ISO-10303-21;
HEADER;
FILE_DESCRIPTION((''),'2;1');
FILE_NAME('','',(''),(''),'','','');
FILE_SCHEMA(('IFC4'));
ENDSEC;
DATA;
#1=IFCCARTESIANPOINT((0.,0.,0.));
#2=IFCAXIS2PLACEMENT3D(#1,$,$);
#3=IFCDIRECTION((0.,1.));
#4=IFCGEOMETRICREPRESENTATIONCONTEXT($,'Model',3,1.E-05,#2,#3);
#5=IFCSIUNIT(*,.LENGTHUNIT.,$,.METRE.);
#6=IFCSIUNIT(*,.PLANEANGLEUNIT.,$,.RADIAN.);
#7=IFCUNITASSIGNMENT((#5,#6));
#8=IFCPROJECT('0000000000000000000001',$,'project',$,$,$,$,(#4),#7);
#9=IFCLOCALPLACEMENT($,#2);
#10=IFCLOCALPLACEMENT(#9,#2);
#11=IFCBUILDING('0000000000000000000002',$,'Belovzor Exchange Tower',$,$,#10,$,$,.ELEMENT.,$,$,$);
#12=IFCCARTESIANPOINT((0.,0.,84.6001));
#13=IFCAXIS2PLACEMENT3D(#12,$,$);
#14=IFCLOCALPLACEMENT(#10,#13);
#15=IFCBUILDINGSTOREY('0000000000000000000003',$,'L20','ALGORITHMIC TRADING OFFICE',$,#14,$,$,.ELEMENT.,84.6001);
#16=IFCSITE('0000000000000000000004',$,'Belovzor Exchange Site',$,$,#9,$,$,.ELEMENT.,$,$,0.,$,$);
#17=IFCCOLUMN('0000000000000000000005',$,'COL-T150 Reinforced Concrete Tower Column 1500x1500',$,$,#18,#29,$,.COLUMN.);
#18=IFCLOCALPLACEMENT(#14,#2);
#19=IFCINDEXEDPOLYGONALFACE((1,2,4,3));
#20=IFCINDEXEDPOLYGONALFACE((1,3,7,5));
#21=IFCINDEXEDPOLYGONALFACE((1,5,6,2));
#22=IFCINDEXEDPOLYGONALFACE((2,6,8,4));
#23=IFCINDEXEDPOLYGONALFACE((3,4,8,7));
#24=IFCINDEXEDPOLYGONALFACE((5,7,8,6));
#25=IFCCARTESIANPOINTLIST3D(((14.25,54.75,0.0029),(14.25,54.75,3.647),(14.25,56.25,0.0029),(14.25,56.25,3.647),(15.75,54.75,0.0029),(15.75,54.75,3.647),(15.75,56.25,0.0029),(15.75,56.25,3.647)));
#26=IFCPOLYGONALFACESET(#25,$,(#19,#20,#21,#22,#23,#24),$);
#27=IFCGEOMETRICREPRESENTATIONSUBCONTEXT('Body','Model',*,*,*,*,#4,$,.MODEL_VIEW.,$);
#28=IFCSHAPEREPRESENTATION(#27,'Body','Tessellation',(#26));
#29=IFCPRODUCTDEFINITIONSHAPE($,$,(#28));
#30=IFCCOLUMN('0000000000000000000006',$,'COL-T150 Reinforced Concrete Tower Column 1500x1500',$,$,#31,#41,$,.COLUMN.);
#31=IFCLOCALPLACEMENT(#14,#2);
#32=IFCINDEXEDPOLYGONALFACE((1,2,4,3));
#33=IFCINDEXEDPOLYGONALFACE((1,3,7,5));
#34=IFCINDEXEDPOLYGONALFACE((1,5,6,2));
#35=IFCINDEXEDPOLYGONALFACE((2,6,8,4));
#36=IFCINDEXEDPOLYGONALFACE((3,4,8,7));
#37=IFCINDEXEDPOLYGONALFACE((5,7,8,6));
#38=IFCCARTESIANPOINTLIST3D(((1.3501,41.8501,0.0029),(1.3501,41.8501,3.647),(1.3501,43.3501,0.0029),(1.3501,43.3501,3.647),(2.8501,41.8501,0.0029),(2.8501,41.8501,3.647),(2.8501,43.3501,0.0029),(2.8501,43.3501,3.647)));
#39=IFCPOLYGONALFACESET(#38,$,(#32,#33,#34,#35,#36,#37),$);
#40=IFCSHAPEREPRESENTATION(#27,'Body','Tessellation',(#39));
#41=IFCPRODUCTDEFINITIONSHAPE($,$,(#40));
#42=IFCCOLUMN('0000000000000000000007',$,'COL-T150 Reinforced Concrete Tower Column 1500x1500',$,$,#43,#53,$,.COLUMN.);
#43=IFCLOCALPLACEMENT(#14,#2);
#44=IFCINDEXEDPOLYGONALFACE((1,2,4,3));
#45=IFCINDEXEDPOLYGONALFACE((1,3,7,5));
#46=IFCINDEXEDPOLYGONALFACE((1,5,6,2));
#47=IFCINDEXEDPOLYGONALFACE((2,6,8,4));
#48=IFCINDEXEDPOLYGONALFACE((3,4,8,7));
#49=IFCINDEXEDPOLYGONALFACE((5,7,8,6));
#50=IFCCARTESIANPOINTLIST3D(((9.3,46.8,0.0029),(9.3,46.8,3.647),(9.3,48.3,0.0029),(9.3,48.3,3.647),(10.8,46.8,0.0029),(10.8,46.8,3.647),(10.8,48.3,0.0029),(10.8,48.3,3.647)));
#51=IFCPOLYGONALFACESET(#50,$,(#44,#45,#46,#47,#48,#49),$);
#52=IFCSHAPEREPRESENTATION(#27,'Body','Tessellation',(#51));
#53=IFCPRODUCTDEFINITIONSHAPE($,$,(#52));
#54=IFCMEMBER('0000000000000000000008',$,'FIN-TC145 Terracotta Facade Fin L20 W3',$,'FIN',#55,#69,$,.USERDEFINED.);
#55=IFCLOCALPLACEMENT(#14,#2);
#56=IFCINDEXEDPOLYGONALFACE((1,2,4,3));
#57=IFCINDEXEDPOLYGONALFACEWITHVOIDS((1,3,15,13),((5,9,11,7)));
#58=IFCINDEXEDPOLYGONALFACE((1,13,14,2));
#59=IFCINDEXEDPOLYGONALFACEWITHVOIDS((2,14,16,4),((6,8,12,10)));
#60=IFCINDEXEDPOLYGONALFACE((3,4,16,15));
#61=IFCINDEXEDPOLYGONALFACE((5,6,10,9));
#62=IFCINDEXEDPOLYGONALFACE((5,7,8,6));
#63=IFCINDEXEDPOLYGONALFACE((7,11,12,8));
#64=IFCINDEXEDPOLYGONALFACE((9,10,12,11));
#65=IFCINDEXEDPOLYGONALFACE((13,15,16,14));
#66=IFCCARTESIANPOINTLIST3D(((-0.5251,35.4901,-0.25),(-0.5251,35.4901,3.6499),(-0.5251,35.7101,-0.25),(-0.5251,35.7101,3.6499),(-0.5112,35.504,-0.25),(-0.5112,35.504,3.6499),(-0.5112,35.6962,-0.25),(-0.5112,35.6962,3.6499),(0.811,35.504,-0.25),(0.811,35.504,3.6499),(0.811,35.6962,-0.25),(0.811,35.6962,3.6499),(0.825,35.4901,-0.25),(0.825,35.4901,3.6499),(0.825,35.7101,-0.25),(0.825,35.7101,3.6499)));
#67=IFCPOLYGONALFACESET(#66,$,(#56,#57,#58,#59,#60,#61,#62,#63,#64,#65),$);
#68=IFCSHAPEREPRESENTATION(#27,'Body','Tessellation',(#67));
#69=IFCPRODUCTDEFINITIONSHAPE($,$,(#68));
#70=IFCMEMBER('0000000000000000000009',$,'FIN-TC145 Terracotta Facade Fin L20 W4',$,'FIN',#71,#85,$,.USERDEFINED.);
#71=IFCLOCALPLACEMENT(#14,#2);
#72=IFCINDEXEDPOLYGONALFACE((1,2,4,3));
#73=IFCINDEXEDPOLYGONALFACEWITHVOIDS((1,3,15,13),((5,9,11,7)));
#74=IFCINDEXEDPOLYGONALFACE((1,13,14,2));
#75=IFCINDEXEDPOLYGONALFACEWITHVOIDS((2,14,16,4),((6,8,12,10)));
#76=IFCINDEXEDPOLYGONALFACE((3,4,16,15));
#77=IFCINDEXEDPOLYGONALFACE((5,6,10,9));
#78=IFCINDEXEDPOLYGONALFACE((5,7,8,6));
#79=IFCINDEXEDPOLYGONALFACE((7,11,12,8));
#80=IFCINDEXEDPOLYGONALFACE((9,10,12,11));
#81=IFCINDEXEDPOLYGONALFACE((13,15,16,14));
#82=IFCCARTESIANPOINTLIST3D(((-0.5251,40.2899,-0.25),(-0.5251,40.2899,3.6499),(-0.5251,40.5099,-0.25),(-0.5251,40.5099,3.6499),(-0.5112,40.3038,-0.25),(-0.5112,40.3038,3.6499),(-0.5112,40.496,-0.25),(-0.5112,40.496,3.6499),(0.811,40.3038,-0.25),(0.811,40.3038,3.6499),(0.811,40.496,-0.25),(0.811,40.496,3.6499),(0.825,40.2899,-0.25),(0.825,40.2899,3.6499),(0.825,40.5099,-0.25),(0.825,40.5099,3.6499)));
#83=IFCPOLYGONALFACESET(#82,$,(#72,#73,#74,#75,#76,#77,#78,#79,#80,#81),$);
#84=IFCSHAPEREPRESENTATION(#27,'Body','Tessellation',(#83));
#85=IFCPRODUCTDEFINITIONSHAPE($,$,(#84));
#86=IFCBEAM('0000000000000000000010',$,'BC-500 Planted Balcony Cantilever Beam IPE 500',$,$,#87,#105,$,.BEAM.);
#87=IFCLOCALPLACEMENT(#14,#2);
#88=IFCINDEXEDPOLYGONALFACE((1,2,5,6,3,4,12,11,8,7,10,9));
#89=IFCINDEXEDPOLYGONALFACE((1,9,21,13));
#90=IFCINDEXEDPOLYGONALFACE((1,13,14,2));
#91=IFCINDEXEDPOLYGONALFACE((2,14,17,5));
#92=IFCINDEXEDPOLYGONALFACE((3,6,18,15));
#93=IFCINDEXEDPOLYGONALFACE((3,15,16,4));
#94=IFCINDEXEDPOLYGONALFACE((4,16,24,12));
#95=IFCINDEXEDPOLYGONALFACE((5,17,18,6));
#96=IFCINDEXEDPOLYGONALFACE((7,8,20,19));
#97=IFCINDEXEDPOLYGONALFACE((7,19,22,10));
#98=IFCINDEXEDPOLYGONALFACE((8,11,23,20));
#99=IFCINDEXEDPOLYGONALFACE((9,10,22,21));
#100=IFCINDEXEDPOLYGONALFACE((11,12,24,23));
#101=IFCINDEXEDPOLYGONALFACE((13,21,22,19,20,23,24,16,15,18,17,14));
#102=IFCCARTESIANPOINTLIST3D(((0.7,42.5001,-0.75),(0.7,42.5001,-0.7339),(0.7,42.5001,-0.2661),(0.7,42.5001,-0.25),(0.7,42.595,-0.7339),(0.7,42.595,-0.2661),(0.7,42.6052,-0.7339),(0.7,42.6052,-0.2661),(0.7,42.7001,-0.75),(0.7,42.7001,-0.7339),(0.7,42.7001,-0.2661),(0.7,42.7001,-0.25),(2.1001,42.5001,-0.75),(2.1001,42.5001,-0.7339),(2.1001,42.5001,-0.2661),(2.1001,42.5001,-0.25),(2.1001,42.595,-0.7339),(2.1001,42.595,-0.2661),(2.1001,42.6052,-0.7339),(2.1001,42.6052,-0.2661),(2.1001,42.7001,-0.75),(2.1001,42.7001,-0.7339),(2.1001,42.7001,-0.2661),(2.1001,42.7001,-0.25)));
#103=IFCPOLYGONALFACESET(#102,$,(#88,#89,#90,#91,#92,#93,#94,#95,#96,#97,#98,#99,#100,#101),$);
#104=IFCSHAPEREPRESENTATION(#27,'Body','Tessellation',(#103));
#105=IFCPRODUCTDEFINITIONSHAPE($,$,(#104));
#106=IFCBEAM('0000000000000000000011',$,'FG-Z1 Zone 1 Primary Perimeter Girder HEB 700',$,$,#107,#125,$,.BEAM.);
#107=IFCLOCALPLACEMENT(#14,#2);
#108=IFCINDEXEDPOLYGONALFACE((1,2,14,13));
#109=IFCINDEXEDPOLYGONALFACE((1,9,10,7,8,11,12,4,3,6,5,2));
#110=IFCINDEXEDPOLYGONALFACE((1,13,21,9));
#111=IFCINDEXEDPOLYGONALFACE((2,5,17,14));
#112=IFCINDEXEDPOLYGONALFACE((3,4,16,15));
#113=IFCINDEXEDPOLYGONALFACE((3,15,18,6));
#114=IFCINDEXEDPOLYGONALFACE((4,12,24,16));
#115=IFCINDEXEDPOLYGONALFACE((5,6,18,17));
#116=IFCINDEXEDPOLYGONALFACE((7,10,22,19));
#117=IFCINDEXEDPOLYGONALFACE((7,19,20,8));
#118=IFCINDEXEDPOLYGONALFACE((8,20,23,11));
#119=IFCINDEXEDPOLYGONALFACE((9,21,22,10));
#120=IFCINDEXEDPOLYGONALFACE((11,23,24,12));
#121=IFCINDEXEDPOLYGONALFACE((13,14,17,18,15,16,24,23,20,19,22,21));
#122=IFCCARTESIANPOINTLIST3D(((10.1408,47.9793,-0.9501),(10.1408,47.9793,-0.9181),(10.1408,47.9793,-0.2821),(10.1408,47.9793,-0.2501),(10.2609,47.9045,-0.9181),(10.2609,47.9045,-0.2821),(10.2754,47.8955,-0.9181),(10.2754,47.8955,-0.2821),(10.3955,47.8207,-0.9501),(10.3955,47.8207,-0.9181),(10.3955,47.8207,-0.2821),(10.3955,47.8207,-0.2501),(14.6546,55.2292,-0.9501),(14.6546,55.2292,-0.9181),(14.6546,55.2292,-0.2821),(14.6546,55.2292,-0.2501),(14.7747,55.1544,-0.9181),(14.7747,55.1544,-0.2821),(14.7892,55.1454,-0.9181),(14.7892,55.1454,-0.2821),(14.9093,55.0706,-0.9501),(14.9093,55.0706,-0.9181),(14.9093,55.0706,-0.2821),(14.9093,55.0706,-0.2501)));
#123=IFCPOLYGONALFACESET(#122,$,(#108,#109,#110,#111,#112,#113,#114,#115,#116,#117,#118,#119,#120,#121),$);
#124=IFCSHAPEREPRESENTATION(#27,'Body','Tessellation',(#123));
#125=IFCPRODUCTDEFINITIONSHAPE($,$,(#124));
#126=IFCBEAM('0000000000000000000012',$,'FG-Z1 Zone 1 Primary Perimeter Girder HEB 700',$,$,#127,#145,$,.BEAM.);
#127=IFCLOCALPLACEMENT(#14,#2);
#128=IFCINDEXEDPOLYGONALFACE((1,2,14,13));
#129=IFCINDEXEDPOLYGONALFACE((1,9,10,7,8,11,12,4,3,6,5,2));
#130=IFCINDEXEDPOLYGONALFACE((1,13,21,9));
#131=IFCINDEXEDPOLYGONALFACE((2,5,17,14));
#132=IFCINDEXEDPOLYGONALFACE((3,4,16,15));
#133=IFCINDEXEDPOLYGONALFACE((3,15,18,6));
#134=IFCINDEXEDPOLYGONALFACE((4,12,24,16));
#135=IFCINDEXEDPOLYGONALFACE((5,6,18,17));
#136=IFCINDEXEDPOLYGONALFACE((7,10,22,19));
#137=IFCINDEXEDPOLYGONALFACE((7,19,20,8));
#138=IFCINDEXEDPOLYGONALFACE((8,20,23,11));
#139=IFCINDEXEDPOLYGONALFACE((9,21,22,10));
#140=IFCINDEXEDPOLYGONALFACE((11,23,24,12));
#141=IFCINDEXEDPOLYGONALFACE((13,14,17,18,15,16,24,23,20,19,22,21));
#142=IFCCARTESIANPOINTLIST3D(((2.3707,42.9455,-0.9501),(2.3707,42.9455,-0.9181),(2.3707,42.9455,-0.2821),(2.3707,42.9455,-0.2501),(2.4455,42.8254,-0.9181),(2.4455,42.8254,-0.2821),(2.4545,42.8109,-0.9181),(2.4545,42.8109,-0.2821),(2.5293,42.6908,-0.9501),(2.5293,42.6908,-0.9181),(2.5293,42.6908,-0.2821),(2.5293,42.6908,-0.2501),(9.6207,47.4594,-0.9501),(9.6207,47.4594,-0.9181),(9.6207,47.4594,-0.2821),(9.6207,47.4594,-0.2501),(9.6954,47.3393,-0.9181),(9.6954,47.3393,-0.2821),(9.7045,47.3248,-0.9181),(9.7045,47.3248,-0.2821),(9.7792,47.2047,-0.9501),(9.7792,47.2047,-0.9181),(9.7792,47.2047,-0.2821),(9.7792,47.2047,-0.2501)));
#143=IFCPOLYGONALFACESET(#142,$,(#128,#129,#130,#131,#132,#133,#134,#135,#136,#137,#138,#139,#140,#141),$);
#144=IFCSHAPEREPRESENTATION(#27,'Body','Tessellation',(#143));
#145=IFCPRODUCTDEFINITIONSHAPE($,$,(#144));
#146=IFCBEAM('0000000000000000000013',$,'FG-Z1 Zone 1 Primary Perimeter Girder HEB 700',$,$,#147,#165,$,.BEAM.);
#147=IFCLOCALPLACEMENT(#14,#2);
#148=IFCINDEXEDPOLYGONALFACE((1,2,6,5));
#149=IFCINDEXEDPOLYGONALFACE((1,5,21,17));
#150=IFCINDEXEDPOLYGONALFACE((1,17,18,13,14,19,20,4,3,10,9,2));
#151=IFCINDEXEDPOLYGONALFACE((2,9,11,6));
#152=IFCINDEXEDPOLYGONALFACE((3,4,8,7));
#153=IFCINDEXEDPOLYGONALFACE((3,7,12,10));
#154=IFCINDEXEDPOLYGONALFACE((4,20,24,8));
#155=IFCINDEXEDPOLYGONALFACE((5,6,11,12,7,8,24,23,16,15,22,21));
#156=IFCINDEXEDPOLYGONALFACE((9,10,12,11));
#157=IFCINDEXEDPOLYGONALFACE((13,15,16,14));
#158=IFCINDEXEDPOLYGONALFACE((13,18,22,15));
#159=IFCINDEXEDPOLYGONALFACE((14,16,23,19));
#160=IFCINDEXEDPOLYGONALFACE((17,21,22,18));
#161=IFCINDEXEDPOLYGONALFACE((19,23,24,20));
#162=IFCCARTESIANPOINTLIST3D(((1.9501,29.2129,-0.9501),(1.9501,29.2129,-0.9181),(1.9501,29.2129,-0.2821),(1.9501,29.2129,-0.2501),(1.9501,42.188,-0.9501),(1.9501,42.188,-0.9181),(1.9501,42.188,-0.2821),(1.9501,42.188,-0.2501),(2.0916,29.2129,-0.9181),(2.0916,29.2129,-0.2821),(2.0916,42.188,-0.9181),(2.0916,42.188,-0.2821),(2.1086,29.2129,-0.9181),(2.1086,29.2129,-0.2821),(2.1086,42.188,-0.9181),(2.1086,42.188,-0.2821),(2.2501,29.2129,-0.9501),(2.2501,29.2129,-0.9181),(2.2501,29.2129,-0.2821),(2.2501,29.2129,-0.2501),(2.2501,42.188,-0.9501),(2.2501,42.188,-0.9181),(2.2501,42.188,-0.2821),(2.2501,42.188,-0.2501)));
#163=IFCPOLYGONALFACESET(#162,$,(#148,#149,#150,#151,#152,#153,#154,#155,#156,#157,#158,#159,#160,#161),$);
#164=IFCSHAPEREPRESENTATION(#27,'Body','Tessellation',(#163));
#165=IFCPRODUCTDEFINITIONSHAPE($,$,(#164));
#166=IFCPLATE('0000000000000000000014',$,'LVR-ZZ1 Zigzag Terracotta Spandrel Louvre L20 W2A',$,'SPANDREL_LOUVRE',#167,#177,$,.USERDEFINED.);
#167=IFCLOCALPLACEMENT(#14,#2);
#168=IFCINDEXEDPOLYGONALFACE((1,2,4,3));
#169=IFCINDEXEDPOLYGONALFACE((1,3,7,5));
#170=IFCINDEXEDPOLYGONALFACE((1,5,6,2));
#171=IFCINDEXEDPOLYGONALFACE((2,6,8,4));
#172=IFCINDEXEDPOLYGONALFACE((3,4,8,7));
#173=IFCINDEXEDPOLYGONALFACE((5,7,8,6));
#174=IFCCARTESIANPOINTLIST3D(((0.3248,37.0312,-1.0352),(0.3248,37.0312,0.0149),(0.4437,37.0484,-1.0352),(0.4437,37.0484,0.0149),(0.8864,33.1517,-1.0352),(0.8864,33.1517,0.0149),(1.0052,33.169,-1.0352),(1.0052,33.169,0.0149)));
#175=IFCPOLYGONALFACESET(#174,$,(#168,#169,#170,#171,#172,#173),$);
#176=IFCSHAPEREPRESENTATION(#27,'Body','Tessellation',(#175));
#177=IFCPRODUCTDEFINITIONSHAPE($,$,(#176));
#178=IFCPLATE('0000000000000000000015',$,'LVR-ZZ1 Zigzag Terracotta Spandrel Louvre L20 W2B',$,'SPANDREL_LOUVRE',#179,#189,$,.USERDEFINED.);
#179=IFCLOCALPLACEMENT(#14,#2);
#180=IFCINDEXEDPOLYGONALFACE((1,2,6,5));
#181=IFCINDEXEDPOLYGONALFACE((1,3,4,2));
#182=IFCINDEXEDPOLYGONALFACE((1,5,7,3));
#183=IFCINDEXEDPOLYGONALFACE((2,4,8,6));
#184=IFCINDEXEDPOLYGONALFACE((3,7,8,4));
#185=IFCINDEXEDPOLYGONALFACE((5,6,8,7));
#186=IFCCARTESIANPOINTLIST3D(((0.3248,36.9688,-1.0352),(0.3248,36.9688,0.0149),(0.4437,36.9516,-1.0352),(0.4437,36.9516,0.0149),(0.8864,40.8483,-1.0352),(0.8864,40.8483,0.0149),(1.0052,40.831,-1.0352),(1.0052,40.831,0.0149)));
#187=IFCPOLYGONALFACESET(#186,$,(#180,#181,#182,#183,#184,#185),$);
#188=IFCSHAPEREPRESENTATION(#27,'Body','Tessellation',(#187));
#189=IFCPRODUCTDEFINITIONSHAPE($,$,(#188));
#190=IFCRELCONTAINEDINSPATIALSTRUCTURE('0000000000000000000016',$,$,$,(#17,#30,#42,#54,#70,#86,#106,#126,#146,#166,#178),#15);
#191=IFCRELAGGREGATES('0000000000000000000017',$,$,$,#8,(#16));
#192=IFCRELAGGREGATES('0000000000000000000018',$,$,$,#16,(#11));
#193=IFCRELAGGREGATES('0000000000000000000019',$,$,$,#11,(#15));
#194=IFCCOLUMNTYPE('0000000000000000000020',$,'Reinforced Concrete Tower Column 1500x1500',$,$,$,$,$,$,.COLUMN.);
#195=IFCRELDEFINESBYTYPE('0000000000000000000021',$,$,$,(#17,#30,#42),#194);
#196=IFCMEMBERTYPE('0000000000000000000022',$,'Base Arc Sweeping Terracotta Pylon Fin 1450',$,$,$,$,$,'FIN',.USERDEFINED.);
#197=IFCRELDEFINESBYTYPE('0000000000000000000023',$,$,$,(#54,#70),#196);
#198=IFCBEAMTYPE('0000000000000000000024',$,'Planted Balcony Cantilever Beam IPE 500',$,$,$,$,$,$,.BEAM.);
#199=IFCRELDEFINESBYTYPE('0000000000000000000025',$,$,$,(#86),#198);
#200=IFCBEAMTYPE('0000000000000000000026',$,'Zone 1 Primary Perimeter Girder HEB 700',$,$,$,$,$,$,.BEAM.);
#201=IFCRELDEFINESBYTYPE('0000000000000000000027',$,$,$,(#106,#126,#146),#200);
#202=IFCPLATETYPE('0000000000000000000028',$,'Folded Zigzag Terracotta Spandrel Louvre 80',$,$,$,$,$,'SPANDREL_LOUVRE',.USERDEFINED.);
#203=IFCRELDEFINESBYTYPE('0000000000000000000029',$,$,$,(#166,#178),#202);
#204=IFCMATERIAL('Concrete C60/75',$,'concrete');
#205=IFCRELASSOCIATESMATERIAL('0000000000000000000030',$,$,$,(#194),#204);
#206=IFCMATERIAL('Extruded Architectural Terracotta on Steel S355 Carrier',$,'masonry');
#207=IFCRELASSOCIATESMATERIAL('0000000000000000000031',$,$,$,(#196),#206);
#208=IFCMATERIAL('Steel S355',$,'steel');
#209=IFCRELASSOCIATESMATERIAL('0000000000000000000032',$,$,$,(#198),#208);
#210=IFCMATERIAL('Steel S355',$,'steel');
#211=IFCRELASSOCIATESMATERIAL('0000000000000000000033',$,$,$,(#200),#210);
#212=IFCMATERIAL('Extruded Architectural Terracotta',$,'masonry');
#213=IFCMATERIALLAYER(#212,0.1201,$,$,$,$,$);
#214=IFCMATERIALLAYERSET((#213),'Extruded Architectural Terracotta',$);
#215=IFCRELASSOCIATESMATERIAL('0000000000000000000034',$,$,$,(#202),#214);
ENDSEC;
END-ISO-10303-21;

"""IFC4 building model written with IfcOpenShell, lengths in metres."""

from ifc_helpers import new_model, si_unit, direction, frame, origin, origin_2d, place, context, subcontext, project, spatial, rectangle, hollow_rectangle, i_section, extrude, material, layer, layer_set, material_profile, profile_set, type_object, element, save


model = new_model("IFC4")

# Units and contexts
model_context = context("Model", 3, precision=1e-05, world=origin(), true_north=direction((0.0, 1.0)))
body_context = subcontext(model_context, "Body", "Model", "MODEL_VIEW")
ifc_project = project(units=[si_unit("LENGTHUNIT", "METRE"), si_unit("PLANEANGLEUNIT", "RADIAN")], contexts=[model_context])

# Site, building, storey
site_placement = place(None, origin())
site = spatial("IfcSite", under=ifc_project, at=site_placement, Name="Belovzor Exchange Site", CompositionType="ELEMENT", RefElevation=0.0)
building_placement = place(site_placement, origin())
building = spatial("IfcBuilding", under=site, at=building_placement, Name="Belovzor Exchange Tower", CompositionType="ELEMENT")
storey_placement = place(building_placement, frame((0.0, 0.0, 84.6001)))
storey = spatial("IfcBuildingStorey", under=building, at=storey_placement, Name="L20", Description="ALGORITHMIC TRADING OFFICE", CompositionType="ELEMENT", Elevation=84.6001)

# Columns
ifc_material_1 = material(Name="Concrete C60/75", Category="concrete")
ifc_material_profile_1 = material_profile(ifc_material_1, rectangle(XDim=1.5, YDim=1.5, at=origin_2d()))
ifc_profile_set_1 = profile_set([ifc_material_profile_1], Name="Concrete C60/75")
column_type = type_object("IfcColumnType", Name="Reinforced Concrete Tower Column 1500x1500", PredefinedType="COLUMN", material=ifc_profile_set_1)
for number, where, z_axis, x_axis, name in (
    (1, (15.0, 55.5, 0.0029), (0.0, 0.0, 1.0), (1.0, 0.0, 0.0), "COL-T150 Reinforced Concrete Tower Column 1500x1500"),
    (2, (2.1001, 42.6001, 0.0029), (0.0, 0.0, 1.0), (1.0, 0.0, 0.0), "COL-T150 Reinforced Concrete Tower Column 1500x1500"),
    (3, (10.05, 47.55, 0.0029), (0.0, 0.0, 1.0), (1.0, 0.0, 0.0), "COL-T150 Reinforced Concrete Tower Column 1500x1500"),
):
    element("IfcColumn", number, at=place(storey_placement, frame(where, z_axis=z_axis, x_axis=x_axis)), inside=storey, type_object=column_type, Name=name, PredefinedType="COLUMN", context=body_context, shape_type="SweptSolid", body=[
        extrude(rectangle(XDim=1.5, YDim=1.5, at=origin_2d()), origin(), (0.0, 0.0, 1.0), 3.644),
    ])

# Members
ifc_material_2 = material(Name="Extruded Architectural Terracotta on Steel S355 Carrier", Category="masonry")
ifc_material_profile_2 = material_profile(ifc_material_2, hollow_rectangle(XDim=0.22, YDim=1.3501, WallThickness=0.0139, at=origin_2d()))
ifc_profile_set_2 = profile_set([ifc_material_profile_2], Name="Extruded Architectural Terracotta on Steel S355 Carrier")
member_type = type_object("IfcMemberType", Name="Base Arc Sweeping Terracotta Pylon Fin 1450", ElementType="FIN", PredefinedType="USERDEFINED", material=ifc_profile_set_2)
for number, where, z_axis, x_axis, name in (
    (4, (0.1499, 35.6001, -0.25), (0.0, 0.0, 1.0), (0.0, 1.0, 0.0), "FIN-TC145 Terracotta Facade Fin L20 W3"),
    (5, (0.1499, 40.3999, -0.25), (0.0, 0.0, 1.0), (0.0, 1.0, 0.0), "FIN-TC145 Terracotta Facade Fin L20 W4"),
):
    element("IfcMember", number, at=place(storey_placement, frame(where, z_axis=z_axis, x_axis=x_axis)), inside=storey, type_object=member_type, Name=name, ObjectType="FIN", PredefinedType="USERDEFINED", context=body_context, shape_type="SweptSolid", body=[
        extrude(hollow_rectangle(XDim=0.22, YDim=1.3501, WallThickness=0.0139, at=origin_2d()), origin(), (0.0, 0.0, 1.0), 3.8999),
    ])

# Beams
ifc_material_3 = material(Name="Steel S355", Category="steel")
ifc_material_profile_3 = material_profile(ifc_material_3, i_section(OverallWidth=0.2, OverallDepth=0.5, WebThickness=0.0103, FlangeThickness=0.0161, at=origin_2d()))
ifc_profile_set_3 = profile_set([ifc_material_profile_3], Name="Steel S355")
beam_type_1 = type_object("IfcBeamType", Name="Planted Balcony Cantilever Beam IPE 500", PredefinedType="BEAM", material=ifc_profile_set_3)
beam_1_placement = place(storey_placement, frame((2.1001, 42.6001, -0.5), z_axis=(-1.0, 0.0, 0.0), x_axis=(0.0, -1.0, 0.0)))
element("IfcBeam", 6, at=beam_1_placement, inside=storey, type_object=beam_type_1, Name="BC-500 Planted Balcony Cantilever Beam IPE 500", PredefinedType="BEAM", context=body_context, shape_type="SweptSolid", body=[
    extrude(i_section(OverallWidth=0.2, OverallDepth=0.5, WebThickness=0.0103, FlangeThickness=0.0161, at=origin_2d()), origin(), (0.0, 0.0, 1.0), 1.4001),
])
ifc_material_4 = material(Name="Steel S355", Category="steel")
ifc_material_profile_4 = material_profile(ifc_material_4, i_section(OverallWidth=0.3, OverallDepth=0.7, WebThickness=0.0171, FlangeThickness=0.032, at=origin_2d()))
ifc_profile_set_4 = profile_set([ifc_material_profile_4], Name="Steel S355")
beam_type_2 = type_object("IfcBeamType", Name="Zone 1 Primary Perimeter Girder HEB 700", PredefinedType="BEAM", material=ifc_profile_set_4)
for number, where, z_axis, x_axis, name in (
    (7, (14.782, 55.1499, -0.6001), (-0.528539, -0.848909, 0.0), (0.848909, -0.528539, 0.0), "FG-Z1 Zone 1 Primary Perimeter Girder HEB 700"),
    (8, (9.7, 47.332, -0.6001), (-0.848909, -0.528539, 0.0), (0.528539, -0.848909, 0.0), "FG-Z1 Zone 1 Primary Perimeter Girder HEB 700"),
):
    element("IfcBeam", number, at=place(storey_placement, frame(where, z_axis=z_axis, x_axis=x_axis)), inside=storey, type_object=beam_type_2, Name=name, PredefinedType="BEAM", context=body_context, shape_type="SweptSolid", body=[
        extrude(i_section(OverallWidth=0.3, OverallDepth=0.7, WebThickness=0.0171, FlangeThickness=0.032, at=origin_2d()), origin(), (0.0, 0.0, 1.0), 8.5403),
    ])
beam_2_placement = place(storey_placement, frame((2.1001, 42.188, -0.6001), z_axis=(0.0, -1.0, 0.0), x_axis=(1.0, 0.0, 0.0)))
element("IfcBeam", 9, at=beam_2_placement, inside=storey, type_object=beam_type_2, Name="FG-Z1 Zone 1 Primary Perimeter Girder HEB 700", PredefinedType="BEAM", context=body_context, shape_type="SweptSolid", body=[
    extrude(i_section(OverallWidth=0.3, OverallDepth=0.7, WebThickness=0.0171, FlangeThickness=0.032, at=origin_2d()), origin(), (0.0, 0.0, 1.0), 12.9751),
])

# Plates
ifc_material_5 = material(Name="Extruded Architectural Terracotta", Category="masonry")
ifc_layer_1 = layer(ifc_material_5, 0.1201)
ifc_layer_set_1 = layer_set([ifc_layer_1], Name="Extruded Architectural Terracotta")
plate_type = type_object("IfcPlateType", Name="Folded Zigzag Terracotta Spandrel Louvre 80", ElementType="SPANDREL_LOUVRE", PredefinedType="USERDEFINED", material=ifc_layer_set_1)
for number, where, z_axis, x_axis, name in (
    (10, (0.665, 35.1001, -1.0352), (0.0, 0.0, 1.0), (-0.143251, 0.989686, 0.0), "LVR-ZZ1 Zigzag Terracotta Spandrel Louvre L20 W2A"),
    (11, (0.665, 38.8999, -1.0352), (0.0, 0.0, 1.0), (0.143251, 0.989686, 0.0), "LVR-ZZ1 Zigzag Terracotta Spandrel Louvre L20 W2B"),
):
    element("IfcPlate", number, at=place(storey_placement, frame(where, z_axis=z_axis, x_axis=x_axis)), inside=storey, type_object=plate_type, Name=name, ObjectType="SPANDREL_LOUVRE", PredefinedType="USERDEFINED", context=body_context, shape_type="SweptSolid", body=[
        extrude(rectangle(XDim=3.9199, YDim=0.1201, at=origin_2d()), origin(), (0.0, 0.0, 1.0), 1.05),
    ])

save(model, "model.ifc")
